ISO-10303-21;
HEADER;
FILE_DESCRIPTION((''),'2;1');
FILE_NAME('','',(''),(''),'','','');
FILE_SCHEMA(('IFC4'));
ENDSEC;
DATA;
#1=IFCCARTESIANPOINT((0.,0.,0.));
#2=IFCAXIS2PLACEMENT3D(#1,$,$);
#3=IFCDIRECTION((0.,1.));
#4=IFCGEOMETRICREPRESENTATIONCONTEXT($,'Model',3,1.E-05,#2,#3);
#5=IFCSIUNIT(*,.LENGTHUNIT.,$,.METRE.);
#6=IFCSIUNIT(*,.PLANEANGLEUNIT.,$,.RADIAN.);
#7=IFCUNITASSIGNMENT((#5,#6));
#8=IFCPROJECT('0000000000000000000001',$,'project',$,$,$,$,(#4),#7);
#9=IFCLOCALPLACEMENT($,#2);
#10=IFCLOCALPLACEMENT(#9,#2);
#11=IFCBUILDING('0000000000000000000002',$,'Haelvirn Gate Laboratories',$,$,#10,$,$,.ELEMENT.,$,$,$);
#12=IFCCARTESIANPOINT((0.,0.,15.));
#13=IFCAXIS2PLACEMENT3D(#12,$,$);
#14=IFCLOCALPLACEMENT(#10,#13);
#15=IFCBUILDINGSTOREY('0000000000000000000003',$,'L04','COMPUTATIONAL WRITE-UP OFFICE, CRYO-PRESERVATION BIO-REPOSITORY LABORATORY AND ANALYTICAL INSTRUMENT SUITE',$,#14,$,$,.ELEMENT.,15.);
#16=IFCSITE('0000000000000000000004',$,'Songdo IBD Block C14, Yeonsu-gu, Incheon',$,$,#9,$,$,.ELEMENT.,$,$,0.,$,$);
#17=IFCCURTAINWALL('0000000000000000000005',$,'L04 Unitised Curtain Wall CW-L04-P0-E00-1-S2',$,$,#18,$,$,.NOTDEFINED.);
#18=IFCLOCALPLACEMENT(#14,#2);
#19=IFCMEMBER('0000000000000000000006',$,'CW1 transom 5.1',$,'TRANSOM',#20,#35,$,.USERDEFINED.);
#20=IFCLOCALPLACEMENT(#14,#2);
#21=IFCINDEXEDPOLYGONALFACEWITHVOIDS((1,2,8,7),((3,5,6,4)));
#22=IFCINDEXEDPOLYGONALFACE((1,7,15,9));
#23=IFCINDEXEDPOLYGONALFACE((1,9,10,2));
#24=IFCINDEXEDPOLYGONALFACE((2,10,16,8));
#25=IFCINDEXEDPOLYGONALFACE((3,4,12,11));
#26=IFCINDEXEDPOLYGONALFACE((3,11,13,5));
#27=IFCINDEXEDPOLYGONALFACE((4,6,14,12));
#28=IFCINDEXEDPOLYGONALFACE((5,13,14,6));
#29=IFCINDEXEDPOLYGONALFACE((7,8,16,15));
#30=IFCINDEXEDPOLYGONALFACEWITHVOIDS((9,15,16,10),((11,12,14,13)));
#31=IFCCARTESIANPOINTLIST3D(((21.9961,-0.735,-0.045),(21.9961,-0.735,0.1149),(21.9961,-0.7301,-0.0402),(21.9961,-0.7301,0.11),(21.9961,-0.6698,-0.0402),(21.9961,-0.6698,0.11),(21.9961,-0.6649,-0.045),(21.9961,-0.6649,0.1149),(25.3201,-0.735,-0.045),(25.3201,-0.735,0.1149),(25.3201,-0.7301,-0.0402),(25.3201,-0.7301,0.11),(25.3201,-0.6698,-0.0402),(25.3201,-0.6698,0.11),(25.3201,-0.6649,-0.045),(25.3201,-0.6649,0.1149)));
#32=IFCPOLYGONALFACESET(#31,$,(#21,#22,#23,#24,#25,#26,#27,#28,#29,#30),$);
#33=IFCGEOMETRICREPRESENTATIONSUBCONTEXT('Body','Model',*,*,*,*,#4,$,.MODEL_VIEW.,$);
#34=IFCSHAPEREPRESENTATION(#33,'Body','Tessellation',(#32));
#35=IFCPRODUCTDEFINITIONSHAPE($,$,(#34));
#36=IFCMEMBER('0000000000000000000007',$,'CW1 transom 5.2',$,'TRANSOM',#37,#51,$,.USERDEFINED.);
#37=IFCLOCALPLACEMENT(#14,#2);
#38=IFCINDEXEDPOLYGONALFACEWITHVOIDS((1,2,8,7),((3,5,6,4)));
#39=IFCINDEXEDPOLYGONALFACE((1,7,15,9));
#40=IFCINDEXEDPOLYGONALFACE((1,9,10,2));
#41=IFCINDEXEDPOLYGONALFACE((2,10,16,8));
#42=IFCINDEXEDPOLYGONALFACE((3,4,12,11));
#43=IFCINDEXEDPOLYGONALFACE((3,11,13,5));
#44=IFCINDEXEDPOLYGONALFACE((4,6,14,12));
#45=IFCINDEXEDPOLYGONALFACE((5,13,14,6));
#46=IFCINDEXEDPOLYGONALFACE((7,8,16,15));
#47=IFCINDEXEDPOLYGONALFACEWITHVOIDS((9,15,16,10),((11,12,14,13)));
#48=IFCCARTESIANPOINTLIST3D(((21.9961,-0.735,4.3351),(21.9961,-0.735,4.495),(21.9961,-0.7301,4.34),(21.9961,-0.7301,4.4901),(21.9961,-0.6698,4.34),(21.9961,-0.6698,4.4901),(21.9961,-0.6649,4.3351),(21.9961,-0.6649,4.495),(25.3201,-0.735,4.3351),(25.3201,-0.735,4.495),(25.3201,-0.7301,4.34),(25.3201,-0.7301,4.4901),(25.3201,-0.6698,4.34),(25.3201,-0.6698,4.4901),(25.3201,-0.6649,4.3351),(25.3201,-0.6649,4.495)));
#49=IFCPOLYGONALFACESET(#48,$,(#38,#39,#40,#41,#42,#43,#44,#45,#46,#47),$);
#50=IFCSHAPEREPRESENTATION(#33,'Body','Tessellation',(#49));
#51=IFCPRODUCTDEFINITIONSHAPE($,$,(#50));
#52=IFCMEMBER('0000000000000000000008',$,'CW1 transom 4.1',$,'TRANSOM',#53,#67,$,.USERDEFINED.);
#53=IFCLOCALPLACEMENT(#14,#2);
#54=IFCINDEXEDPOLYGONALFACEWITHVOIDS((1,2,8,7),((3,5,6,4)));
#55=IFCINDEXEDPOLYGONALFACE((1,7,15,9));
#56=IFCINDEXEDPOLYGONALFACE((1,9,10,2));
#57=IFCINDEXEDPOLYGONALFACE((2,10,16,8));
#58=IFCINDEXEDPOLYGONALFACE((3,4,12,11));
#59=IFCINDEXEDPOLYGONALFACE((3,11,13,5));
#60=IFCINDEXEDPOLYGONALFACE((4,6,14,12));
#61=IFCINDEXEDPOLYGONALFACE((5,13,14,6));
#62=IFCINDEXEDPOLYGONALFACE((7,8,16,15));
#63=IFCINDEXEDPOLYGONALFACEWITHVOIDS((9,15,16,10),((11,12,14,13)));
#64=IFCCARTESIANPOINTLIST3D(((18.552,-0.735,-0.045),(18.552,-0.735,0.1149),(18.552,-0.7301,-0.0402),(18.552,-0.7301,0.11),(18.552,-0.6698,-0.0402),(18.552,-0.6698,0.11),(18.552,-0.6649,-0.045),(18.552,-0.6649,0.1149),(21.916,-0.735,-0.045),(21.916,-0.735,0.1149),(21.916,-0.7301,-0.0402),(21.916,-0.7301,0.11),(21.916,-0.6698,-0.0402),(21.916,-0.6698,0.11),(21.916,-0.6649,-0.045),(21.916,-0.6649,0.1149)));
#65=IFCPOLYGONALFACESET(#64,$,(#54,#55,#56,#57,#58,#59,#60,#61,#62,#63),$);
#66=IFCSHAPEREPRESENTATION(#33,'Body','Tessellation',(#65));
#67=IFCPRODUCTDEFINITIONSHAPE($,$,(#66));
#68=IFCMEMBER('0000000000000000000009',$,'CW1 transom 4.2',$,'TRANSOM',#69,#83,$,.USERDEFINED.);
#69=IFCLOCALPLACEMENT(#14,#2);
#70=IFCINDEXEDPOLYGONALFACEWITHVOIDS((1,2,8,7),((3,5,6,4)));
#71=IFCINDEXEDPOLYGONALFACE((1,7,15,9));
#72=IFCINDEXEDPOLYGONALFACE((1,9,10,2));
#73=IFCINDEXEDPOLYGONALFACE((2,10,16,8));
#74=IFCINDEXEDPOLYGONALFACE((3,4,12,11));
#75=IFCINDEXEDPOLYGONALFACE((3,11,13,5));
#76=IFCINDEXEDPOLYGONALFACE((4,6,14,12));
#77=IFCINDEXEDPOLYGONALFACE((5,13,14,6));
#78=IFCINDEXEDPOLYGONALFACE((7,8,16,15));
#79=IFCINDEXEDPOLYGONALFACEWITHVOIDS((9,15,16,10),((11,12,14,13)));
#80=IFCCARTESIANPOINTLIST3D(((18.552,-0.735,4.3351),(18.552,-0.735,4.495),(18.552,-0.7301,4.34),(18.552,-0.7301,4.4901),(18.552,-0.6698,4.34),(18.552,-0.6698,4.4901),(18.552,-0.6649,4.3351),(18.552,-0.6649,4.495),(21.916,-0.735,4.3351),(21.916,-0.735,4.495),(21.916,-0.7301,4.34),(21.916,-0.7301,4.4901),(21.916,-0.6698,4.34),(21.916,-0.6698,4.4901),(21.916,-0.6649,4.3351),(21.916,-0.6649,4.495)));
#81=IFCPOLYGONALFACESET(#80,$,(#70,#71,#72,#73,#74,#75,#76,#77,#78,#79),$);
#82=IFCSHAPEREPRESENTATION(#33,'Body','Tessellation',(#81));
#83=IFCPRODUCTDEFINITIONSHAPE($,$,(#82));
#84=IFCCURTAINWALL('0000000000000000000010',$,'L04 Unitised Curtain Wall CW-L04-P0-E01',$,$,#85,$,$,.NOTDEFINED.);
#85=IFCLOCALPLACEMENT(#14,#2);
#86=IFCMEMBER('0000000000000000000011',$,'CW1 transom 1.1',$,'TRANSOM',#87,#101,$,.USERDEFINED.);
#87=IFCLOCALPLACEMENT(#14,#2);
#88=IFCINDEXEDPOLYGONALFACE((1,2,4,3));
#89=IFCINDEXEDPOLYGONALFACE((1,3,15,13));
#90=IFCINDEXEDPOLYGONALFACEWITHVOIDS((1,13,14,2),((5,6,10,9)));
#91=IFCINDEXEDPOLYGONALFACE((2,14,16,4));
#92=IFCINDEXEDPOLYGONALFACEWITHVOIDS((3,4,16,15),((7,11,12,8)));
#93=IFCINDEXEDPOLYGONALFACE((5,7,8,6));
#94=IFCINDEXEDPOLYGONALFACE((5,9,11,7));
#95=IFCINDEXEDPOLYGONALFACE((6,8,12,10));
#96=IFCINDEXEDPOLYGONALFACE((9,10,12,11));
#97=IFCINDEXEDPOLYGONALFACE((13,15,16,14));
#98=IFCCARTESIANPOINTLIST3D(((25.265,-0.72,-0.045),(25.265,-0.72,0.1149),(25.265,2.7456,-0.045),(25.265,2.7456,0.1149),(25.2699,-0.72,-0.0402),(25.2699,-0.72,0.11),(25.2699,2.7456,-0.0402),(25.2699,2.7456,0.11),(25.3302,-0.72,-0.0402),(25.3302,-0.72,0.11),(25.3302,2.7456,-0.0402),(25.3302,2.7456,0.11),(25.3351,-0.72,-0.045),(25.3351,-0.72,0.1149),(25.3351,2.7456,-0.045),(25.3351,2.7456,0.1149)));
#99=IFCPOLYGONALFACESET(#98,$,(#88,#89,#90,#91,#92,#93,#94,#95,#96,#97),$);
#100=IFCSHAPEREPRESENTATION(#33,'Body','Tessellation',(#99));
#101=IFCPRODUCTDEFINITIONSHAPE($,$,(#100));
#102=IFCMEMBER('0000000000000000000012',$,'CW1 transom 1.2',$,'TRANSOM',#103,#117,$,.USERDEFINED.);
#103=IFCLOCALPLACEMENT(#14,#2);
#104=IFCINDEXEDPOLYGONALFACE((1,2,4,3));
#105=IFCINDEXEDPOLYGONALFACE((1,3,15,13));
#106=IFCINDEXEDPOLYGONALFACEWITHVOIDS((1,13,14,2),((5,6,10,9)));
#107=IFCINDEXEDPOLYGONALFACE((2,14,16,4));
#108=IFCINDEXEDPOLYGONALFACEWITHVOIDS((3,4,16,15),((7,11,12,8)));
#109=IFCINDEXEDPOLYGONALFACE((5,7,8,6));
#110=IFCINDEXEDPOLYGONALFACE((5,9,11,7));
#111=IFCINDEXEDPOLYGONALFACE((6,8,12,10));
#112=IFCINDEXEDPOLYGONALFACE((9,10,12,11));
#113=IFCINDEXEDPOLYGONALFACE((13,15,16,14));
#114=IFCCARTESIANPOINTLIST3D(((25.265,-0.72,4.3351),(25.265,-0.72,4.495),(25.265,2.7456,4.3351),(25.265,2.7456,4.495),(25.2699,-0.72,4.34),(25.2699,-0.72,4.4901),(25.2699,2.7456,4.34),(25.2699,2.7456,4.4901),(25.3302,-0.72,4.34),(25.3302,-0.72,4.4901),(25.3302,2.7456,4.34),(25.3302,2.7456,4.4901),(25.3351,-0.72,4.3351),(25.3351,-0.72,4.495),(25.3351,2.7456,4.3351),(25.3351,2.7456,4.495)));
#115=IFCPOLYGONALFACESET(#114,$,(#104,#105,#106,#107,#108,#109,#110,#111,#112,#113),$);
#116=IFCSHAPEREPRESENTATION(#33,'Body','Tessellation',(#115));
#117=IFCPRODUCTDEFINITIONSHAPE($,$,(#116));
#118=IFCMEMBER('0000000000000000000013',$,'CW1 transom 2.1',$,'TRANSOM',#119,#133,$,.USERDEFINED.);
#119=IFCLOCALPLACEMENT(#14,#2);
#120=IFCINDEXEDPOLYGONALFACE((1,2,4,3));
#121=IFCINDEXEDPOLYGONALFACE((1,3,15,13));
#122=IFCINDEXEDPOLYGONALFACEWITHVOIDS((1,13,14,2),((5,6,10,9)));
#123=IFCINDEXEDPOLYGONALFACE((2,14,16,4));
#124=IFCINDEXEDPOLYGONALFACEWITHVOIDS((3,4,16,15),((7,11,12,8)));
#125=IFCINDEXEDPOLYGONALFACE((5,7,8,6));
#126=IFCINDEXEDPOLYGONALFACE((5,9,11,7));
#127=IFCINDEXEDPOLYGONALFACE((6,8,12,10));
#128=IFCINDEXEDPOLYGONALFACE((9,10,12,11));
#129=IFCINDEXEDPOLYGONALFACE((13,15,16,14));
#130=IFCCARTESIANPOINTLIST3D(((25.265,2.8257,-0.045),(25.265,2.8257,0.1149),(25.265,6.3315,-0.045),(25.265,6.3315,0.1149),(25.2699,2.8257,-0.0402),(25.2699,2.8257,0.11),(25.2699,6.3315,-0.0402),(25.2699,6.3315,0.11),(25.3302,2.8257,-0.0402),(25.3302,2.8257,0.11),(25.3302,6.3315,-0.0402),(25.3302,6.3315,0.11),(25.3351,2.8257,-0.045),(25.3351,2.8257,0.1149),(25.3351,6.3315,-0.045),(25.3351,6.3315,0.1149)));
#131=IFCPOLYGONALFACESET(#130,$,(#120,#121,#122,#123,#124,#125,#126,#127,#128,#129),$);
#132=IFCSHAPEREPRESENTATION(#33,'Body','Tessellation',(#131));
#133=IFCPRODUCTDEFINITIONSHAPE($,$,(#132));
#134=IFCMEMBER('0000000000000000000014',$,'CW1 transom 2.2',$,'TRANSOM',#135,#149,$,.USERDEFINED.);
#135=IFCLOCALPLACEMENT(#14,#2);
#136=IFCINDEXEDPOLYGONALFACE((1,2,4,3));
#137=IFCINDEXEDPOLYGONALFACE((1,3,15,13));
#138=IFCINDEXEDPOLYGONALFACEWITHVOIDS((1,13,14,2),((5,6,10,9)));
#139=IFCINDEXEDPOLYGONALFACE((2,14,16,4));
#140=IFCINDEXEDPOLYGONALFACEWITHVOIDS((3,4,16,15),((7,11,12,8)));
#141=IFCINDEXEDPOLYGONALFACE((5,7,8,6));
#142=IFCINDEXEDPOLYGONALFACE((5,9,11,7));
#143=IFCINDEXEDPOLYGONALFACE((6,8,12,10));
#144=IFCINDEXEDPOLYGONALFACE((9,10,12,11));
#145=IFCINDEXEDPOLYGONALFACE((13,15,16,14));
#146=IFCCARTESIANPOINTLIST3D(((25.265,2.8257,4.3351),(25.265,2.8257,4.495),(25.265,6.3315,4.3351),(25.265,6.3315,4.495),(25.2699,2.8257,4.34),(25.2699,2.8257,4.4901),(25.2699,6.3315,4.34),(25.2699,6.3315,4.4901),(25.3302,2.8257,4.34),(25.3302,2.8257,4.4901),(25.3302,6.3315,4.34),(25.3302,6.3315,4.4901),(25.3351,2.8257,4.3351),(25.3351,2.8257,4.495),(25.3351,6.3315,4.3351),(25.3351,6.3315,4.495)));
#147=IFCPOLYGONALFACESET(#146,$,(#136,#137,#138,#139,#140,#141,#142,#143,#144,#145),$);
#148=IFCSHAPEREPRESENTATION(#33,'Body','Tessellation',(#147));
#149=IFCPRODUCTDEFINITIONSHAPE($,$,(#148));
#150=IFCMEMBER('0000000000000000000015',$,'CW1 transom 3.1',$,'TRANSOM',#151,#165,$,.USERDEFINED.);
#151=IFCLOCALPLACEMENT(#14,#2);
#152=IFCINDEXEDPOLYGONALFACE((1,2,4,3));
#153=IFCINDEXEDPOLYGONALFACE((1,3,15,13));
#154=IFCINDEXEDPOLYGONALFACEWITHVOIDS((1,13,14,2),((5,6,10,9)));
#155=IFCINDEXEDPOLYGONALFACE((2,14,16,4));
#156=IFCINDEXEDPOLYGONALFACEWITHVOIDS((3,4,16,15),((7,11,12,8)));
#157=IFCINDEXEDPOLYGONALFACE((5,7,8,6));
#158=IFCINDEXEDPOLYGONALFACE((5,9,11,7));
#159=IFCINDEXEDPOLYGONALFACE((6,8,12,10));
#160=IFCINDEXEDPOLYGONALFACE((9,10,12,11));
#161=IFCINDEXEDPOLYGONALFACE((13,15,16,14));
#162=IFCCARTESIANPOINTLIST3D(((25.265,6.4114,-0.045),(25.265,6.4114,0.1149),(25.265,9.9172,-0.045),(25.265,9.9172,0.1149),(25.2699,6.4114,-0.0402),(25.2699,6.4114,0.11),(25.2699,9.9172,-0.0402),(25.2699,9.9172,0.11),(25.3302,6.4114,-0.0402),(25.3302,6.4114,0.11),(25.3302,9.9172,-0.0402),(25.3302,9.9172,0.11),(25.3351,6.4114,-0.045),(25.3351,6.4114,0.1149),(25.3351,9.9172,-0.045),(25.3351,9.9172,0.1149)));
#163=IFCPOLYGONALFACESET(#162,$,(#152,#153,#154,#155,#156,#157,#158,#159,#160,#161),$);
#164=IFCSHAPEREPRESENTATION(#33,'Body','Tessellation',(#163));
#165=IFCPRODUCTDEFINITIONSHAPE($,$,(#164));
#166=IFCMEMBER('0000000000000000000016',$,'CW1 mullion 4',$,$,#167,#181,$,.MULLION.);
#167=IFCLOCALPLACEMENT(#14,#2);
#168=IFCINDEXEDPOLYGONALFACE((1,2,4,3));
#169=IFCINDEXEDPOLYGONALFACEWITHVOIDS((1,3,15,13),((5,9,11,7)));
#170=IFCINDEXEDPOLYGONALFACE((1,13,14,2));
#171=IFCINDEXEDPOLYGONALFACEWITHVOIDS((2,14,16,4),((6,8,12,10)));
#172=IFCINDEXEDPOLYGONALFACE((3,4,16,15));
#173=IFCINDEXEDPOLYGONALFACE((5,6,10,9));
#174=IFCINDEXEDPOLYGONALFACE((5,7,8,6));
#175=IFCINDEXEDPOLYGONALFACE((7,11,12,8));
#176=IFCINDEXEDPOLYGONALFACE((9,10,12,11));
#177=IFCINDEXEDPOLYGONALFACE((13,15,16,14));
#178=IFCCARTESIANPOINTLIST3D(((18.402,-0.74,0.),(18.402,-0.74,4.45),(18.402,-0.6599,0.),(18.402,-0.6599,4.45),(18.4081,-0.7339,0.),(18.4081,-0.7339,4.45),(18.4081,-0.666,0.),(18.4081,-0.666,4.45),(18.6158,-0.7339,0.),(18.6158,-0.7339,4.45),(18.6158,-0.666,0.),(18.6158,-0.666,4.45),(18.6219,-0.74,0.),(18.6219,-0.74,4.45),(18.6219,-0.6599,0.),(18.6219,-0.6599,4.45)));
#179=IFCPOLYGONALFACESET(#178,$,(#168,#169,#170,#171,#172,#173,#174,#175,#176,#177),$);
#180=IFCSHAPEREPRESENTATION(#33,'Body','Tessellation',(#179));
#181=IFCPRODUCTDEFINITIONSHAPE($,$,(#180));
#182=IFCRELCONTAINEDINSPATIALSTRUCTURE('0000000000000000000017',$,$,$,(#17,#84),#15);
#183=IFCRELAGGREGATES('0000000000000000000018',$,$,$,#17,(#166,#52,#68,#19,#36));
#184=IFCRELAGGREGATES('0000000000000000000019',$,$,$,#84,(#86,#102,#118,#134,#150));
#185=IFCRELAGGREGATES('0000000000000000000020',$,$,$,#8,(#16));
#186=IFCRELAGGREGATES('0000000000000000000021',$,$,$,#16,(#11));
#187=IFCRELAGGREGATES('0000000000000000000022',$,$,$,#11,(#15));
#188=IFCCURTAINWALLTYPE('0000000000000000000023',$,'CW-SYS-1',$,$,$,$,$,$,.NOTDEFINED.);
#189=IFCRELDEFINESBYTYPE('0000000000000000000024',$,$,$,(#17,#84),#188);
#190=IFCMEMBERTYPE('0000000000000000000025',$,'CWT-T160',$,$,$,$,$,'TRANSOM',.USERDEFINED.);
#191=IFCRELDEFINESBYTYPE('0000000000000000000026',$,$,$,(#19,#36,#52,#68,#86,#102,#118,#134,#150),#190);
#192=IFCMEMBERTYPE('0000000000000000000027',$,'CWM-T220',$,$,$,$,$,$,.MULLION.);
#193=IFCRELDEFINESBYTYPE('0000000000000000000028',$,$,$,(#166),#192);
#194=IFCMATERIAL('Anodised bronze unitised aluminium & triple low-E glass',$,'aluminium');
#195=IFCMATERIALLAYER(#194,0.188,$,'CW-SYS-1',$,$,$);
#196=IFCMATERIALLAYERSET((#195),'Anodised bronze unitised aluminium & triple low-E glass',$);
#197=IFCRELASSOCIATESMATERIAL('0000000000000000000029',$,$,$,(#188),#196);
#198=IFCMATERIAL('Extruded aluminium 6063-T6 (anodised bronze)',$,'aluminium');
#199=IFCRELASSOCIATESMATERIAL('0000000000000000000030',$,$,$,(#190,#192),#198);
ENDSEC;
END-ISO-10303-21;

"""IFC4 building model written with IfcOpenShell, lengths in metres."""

from ifc_helpers import new_model, si_unit, direction, frame, origin, origin_2d, place, context, subcontext, project, spatial, hollow_rectangle, extrude, source, transform, mapped, material, layer, layer_set, material_profile, profile_set, type_object, type_shapes, element, aggregate, save


model = new_model("IFC4")

# Units and contexts
model_context = context("Model", 3, precision=1e-05, world=origin(), true_north=direction((0.0, 1.0)))
body_context = subcontext(model_context, "Body", "Model", "MODEL_VIEW")
ifc_project = project(units=[si_unit("LENGTHUNIT", "METRE"), si_unit("PLANEANGLEUNIT", "RADIAN")], contexts=[model_context])

# Site, building, storey
site_placement = place(None, origin())
site = spatial("IfcSite", under=ifc_project, at=site_placement, Name="Songdo IBD Block C14, Yeonsu-gu, Incheon", CompositionType="ELEMENT", RefElevation=0.0)
building_placement = place(site_placement, origin())
building = spatial("IfcBuilding", under=site, at=building_placement, Name="Haelvirn Gate Laboratories", CompositionType="ELEMENT")
storey_placement = place(building_placement, frame((0.0, 0.0, 15.0)))
storey = spatial("IfcBuildingStorey", under=building, at=storey_placement, Name="L04", Description="COMPUTATIONAL WRITE-UP OFFICE, CRYO-PRESERVATION BIO-REPOSITORY LABORATORY AND ANALYTICAL INSTRUMENT SUITE", CompositionType="ELEMENT", Elevation=15.0)

# Curtain walls, members
ifc_material_1 = material(Name="Anodised bronze unitised aluminium & triple low-E glass", Category="aluminium")
ifc_layer_1 = layer(ifc_material_1, 0.188, Name="CW-SYS-1")
ifc_layer_set_1 = layer_set([ifc_layer_1], Name="Anodised bronze unitised aluminium & triple low-E glass")
curtain_wall_type = type_object("IfcCurtainWallType", Name="CW-SYS-1", PredefinedType="NOTDEFINED", material=ifc_layer_set_1)
curtain_wall_1_placement = place(storey_placement, origin())
curtain_wall_1 = element("IfcCurtainWall", 1, at=curtain_wall_1_placement, inside=storey, type_object=curtain_wall_type, Name="L04 Unitised Curtain Wall CW-L04-P0-E00-1-S2", PredefinedType="NOTDEFINED")
ifc_material_2 = material(Name="Extruded aluminium 6063-T6 (anodised bronze)", Category="aluminium")
ifc_material_profile_1 = material_profile(ifc_material_2, hollow_rectangle(XDim=0.0701, YDim=0.1599, WallThickness=0.0049, at=origin_2d()), Name="CWT-160x70x5")
ifc_profile_set_1 = profile_set([ifc_material_profile_1], Name="Extruded aluminium 6063-T6 (anodised bronze)")
member_type_1 = type_object("IfcMemberType", Name="CWT-T160", ElementType="TRANSOM", PredefinedType="USERDEFINED", material=ifc_profile_set_1)
shared_shape_1 = source(origin(), body_context, "Body", "SweptSolid", [
    extrude(hollow_rectangle(XDim=0.0701, YDim=0.1599, WallThickness=0.0049, at=origin_2d()), origin(), (0.0, 0.0, 1.0), 3.324),
])
member_1_placement = place(storey_placement, frame((21.9961, -0.7, 0.0349), z_axis=(1.0, 0.0, 0.0), x_axis=(0.0, 1.0, 0.0)))
member_1 = element("IfcMember", 2, at=member_1_placement, type_object=member_type_1, Name="CW1 transom 5.1", ObjectType="TRANSOM", PredefinedType="USERDEFINED", context=body_context, shape_type="MappedRepresentation", body=[
    mapped(shared_shape_1, transform((0.0, 0.0, 0.0), scale=1.0)),
])
member_2_placement = place(storey_placement, frame((21.9961, -0.7, 4.415), z_axis=(1.0, 0.0, 0.0), x_axis=(0.0, 1.0, 0.0)))
member_2 = element("IfcMember", 3, at=member_2_placement, type_object=member_type_1, Name="CW1 transom 5.2", ObjectType="TRANSOM", PredefinedType="USERDEFINED", context=body_context, shape_type="MappedRepresentation", body=[
    mapped(shared_shape_1, transform((0.0, 0.0, 0.0), scale=1.0)),
])
shared_shape_2 = source(origin(), body_context, "Body", "SweptSolid", [
    extrude(hollow_rectangle(XDim=0.0701, YDim=0.1599, WallThickness=0.0049, at=origin_2d()), origin(), (0.0, 0.0, 1.0), 3.364),
])
member_3_placement = place(storey_placement, frame((18.552, -0.7, 0.0349), z_axis=(1.0, 0.0, 0.0), x_axis=(0.0, 1.0, 0.0)))
member_3 = element("IfcMember", 4, at=member_3_placement, type_object=member_type_1, Name="CW1 transom 4.1", ObjectType="TRANSOM", PredefinedType="USERDEFINED", context=body_context, shape_type="MappedRepresentation", body=[
    mapped(shared_shape_2, transform((0.0, 0.0, 0.0), scale=1.0)),
])
member_4_placement = place(storey_placement, frame((18.552, -0.7, 4.415), z_axis=(1.0, 0.0, 0.0), x_axis=(0.0, 1.0, 0.0)))
member_4 = element("IfcMember", 5, at=member_4_placement, type_object=member_type_1, Name="CW1 transom 4.2", ObjectType="TRANSOM", PredefinedType="USERDEFINED", context=body_context, shape_type="MappedRepresentation", body=[
    mapped(shared_shape_2, transform((0.0, 0.0, 0.0), scale=1.0)),
])
curtain_wall_2_placement = place(storey_placement, origin())
curtain_wall_2 = element("IfcCurtainWall", 6, at=curtain_wall_2_placement, inside=storey, type_object=curtain_wall_type, Name="L04 Unitised Curtain Wall CW-L04-P0-E01", PredefinedType="NOTDEFINED")
shared_shape_3 = source(origin(), body_context, "Body", "SweptSolid", [
    extrude(hollow_rectangle(XDim=0.0701, YDim=0.1599, WallThickness=0.0049, at=origin_2d()), origin(), (0.0, 0.0, 1.0), 3.4656),
])
member_5_placement = place(storey_placement, frame((25.3, -0.72, 0.0349), z_axis=(0.0, 1.0, 0.0), x_axis=(-1.0, 0.0, 0.0)))
member_5 = element("IfcMember", 7, at=member_5_placement, type_object=member_type_1, Name="CW1 transom 1.1", ObjectType="TRANSOM", PredefinedType="USERDEFINED", context=body_context, shape_type="MappedRepresentation", body=[
    mapped(shared_shape_3, transform((0.0, 0.0, 0.0), scale=1.0)),
])
member_6_placement = place(storey_placement, frame((25.3, -0.72, 4.415), z_axis=(0.0, 1.0, 0.0), x_axis=(-1.0, 0.0, 0.0)))
member_6 = element("IfcMember", 8, at=member_6_placement, type_object=member_type_1, Name="CW1 transom 1.2", ObjectType="TRANSOM", PredefinedType="USERDEFINED", context=body_context, shape_type="MappedRepresentation", body=[
    mapped(shared_shape_3, transform((0.0, 0.0, 0.0), scale=1.0)),
])
shared_shape_4 = source(origin(), body_context, "Body", "SweptSolid", [
    extrude(hollow_rectangle(XDim=0.0701, YDim=0.1599, WallThickness=0.0049, at=origin_2d()), origin(), (0.0, 0.0, 1.0), 3.5059),
])
type_shapes(member_type_1, [shared_shape_1, shared_shape_2, shared_shape_3, shared_shape_4])
member_7_placement = place(storey_placement, frame((25.3, 2.8257, 0.0349), z_axis=(0.0, 1.0, 0.0), x_axis=(-1.0, 0.0, 0.0)))
member_7 = element("IfcMember", 9, at=member_7_placement, type_object=member_type_1, Name="CW1 transom 2.1", ObjectType="TRANSOM", PredefinedType="USERDEFINED", context=body_context, shape_type="MappedRepresentation", body=[
    mapped(shared_shape_4, transform((0.0, 0.0, 0.0), scale=1.0)),
])
member_8_placement = place(storey_placement, frame((25.3, 2.8257, 4.415), z_axis=(0.0, 1.0, 0.0), x_axis=(-1.0, 0.0, 0.0)))
member_8 = element("IfcMember", 10, at=member_8_placement, type_object=member_type_1, Name="CW1 transom 2.2", ObjectType="TRANSOM", PredefinedType="USERDEFINED", context=body_context, shape_type="MappedRepresentation", body=[
    mapped(shared_shape_4, transform((0.0, 0.0, 0.0), scale=1.0)),
])
member_9_placement = place(storey_placement, frame((25.3, 6.4114, 0.0349), z_axis=(0.0, 1.0, 0.0), x_axis=(-1.0, 0.0, 0.0)))
member_9 = element("IfcMember", 11, at=member_9_placement, type_object=member_type_1, Name="CW1 transom 3.1", ObjectType="TRANSOM", PredefinedType="USERDEFINED", context=body_context, shape_type="MappedRepresentation", body=[
    mapped(shared_shape_4, transform((0.0, 0.0, 0.0), scale=1.0)),
])

# Member
ifc_material_profile_2 = material_profile(ifc_material_2, hollow_rectangle(XDim=0.0801, YDim=0.22, WallThickness=0.0061, at=origin_2d()), Name="CWM-220x80x6")
ifc_profile_set_2 = profile_set([ifc_material_profile_2], Name="Extruded aluminium 6063-T6 (anodised bronze)")
member_type_2 = type_object("IfcMemberType", Name="CWM-T220", PredefinedType="MULLION", material=ifc_profile_set_2)
shared_shape_5 = source(origin(), body_context, "Body", "SweptSolid", [
    extrude(hollow_rectangle(XDim=0.0801, YDim=0.22, WallThickness=0.0061, at=origin_2d()), origin(), (0.0, 0.0, 1.0), 4.45),
])
type_shapes(member_type_2, [shared_shape_5])
member_10_placement = place(storey_placement, frame((18.512, -0.7, 0.0), z_axis=(0.0, 0.0, 1.0), x_axis=(0.0, 1.0, 0.0)))
member_10 = element("IfcMember", 12, at=member_10_placement, type_object=member_type_2, Name="CW1 mullion 4", PredefinedType="MULLION", context=body_context, shape_type="MappedRepresentation", body=[
    mapped(shared_shape_5, transform((0.0, 0.0, 0.0), scale=1.0)),
])

aggregate(curtain_wall_1, [member_10, member_3, member_4, member_1, member_2])
aggregate(curtain_wall_2, [member_5, member_6, member_7, member_8, member_9])

save(model, "model.ifc")
